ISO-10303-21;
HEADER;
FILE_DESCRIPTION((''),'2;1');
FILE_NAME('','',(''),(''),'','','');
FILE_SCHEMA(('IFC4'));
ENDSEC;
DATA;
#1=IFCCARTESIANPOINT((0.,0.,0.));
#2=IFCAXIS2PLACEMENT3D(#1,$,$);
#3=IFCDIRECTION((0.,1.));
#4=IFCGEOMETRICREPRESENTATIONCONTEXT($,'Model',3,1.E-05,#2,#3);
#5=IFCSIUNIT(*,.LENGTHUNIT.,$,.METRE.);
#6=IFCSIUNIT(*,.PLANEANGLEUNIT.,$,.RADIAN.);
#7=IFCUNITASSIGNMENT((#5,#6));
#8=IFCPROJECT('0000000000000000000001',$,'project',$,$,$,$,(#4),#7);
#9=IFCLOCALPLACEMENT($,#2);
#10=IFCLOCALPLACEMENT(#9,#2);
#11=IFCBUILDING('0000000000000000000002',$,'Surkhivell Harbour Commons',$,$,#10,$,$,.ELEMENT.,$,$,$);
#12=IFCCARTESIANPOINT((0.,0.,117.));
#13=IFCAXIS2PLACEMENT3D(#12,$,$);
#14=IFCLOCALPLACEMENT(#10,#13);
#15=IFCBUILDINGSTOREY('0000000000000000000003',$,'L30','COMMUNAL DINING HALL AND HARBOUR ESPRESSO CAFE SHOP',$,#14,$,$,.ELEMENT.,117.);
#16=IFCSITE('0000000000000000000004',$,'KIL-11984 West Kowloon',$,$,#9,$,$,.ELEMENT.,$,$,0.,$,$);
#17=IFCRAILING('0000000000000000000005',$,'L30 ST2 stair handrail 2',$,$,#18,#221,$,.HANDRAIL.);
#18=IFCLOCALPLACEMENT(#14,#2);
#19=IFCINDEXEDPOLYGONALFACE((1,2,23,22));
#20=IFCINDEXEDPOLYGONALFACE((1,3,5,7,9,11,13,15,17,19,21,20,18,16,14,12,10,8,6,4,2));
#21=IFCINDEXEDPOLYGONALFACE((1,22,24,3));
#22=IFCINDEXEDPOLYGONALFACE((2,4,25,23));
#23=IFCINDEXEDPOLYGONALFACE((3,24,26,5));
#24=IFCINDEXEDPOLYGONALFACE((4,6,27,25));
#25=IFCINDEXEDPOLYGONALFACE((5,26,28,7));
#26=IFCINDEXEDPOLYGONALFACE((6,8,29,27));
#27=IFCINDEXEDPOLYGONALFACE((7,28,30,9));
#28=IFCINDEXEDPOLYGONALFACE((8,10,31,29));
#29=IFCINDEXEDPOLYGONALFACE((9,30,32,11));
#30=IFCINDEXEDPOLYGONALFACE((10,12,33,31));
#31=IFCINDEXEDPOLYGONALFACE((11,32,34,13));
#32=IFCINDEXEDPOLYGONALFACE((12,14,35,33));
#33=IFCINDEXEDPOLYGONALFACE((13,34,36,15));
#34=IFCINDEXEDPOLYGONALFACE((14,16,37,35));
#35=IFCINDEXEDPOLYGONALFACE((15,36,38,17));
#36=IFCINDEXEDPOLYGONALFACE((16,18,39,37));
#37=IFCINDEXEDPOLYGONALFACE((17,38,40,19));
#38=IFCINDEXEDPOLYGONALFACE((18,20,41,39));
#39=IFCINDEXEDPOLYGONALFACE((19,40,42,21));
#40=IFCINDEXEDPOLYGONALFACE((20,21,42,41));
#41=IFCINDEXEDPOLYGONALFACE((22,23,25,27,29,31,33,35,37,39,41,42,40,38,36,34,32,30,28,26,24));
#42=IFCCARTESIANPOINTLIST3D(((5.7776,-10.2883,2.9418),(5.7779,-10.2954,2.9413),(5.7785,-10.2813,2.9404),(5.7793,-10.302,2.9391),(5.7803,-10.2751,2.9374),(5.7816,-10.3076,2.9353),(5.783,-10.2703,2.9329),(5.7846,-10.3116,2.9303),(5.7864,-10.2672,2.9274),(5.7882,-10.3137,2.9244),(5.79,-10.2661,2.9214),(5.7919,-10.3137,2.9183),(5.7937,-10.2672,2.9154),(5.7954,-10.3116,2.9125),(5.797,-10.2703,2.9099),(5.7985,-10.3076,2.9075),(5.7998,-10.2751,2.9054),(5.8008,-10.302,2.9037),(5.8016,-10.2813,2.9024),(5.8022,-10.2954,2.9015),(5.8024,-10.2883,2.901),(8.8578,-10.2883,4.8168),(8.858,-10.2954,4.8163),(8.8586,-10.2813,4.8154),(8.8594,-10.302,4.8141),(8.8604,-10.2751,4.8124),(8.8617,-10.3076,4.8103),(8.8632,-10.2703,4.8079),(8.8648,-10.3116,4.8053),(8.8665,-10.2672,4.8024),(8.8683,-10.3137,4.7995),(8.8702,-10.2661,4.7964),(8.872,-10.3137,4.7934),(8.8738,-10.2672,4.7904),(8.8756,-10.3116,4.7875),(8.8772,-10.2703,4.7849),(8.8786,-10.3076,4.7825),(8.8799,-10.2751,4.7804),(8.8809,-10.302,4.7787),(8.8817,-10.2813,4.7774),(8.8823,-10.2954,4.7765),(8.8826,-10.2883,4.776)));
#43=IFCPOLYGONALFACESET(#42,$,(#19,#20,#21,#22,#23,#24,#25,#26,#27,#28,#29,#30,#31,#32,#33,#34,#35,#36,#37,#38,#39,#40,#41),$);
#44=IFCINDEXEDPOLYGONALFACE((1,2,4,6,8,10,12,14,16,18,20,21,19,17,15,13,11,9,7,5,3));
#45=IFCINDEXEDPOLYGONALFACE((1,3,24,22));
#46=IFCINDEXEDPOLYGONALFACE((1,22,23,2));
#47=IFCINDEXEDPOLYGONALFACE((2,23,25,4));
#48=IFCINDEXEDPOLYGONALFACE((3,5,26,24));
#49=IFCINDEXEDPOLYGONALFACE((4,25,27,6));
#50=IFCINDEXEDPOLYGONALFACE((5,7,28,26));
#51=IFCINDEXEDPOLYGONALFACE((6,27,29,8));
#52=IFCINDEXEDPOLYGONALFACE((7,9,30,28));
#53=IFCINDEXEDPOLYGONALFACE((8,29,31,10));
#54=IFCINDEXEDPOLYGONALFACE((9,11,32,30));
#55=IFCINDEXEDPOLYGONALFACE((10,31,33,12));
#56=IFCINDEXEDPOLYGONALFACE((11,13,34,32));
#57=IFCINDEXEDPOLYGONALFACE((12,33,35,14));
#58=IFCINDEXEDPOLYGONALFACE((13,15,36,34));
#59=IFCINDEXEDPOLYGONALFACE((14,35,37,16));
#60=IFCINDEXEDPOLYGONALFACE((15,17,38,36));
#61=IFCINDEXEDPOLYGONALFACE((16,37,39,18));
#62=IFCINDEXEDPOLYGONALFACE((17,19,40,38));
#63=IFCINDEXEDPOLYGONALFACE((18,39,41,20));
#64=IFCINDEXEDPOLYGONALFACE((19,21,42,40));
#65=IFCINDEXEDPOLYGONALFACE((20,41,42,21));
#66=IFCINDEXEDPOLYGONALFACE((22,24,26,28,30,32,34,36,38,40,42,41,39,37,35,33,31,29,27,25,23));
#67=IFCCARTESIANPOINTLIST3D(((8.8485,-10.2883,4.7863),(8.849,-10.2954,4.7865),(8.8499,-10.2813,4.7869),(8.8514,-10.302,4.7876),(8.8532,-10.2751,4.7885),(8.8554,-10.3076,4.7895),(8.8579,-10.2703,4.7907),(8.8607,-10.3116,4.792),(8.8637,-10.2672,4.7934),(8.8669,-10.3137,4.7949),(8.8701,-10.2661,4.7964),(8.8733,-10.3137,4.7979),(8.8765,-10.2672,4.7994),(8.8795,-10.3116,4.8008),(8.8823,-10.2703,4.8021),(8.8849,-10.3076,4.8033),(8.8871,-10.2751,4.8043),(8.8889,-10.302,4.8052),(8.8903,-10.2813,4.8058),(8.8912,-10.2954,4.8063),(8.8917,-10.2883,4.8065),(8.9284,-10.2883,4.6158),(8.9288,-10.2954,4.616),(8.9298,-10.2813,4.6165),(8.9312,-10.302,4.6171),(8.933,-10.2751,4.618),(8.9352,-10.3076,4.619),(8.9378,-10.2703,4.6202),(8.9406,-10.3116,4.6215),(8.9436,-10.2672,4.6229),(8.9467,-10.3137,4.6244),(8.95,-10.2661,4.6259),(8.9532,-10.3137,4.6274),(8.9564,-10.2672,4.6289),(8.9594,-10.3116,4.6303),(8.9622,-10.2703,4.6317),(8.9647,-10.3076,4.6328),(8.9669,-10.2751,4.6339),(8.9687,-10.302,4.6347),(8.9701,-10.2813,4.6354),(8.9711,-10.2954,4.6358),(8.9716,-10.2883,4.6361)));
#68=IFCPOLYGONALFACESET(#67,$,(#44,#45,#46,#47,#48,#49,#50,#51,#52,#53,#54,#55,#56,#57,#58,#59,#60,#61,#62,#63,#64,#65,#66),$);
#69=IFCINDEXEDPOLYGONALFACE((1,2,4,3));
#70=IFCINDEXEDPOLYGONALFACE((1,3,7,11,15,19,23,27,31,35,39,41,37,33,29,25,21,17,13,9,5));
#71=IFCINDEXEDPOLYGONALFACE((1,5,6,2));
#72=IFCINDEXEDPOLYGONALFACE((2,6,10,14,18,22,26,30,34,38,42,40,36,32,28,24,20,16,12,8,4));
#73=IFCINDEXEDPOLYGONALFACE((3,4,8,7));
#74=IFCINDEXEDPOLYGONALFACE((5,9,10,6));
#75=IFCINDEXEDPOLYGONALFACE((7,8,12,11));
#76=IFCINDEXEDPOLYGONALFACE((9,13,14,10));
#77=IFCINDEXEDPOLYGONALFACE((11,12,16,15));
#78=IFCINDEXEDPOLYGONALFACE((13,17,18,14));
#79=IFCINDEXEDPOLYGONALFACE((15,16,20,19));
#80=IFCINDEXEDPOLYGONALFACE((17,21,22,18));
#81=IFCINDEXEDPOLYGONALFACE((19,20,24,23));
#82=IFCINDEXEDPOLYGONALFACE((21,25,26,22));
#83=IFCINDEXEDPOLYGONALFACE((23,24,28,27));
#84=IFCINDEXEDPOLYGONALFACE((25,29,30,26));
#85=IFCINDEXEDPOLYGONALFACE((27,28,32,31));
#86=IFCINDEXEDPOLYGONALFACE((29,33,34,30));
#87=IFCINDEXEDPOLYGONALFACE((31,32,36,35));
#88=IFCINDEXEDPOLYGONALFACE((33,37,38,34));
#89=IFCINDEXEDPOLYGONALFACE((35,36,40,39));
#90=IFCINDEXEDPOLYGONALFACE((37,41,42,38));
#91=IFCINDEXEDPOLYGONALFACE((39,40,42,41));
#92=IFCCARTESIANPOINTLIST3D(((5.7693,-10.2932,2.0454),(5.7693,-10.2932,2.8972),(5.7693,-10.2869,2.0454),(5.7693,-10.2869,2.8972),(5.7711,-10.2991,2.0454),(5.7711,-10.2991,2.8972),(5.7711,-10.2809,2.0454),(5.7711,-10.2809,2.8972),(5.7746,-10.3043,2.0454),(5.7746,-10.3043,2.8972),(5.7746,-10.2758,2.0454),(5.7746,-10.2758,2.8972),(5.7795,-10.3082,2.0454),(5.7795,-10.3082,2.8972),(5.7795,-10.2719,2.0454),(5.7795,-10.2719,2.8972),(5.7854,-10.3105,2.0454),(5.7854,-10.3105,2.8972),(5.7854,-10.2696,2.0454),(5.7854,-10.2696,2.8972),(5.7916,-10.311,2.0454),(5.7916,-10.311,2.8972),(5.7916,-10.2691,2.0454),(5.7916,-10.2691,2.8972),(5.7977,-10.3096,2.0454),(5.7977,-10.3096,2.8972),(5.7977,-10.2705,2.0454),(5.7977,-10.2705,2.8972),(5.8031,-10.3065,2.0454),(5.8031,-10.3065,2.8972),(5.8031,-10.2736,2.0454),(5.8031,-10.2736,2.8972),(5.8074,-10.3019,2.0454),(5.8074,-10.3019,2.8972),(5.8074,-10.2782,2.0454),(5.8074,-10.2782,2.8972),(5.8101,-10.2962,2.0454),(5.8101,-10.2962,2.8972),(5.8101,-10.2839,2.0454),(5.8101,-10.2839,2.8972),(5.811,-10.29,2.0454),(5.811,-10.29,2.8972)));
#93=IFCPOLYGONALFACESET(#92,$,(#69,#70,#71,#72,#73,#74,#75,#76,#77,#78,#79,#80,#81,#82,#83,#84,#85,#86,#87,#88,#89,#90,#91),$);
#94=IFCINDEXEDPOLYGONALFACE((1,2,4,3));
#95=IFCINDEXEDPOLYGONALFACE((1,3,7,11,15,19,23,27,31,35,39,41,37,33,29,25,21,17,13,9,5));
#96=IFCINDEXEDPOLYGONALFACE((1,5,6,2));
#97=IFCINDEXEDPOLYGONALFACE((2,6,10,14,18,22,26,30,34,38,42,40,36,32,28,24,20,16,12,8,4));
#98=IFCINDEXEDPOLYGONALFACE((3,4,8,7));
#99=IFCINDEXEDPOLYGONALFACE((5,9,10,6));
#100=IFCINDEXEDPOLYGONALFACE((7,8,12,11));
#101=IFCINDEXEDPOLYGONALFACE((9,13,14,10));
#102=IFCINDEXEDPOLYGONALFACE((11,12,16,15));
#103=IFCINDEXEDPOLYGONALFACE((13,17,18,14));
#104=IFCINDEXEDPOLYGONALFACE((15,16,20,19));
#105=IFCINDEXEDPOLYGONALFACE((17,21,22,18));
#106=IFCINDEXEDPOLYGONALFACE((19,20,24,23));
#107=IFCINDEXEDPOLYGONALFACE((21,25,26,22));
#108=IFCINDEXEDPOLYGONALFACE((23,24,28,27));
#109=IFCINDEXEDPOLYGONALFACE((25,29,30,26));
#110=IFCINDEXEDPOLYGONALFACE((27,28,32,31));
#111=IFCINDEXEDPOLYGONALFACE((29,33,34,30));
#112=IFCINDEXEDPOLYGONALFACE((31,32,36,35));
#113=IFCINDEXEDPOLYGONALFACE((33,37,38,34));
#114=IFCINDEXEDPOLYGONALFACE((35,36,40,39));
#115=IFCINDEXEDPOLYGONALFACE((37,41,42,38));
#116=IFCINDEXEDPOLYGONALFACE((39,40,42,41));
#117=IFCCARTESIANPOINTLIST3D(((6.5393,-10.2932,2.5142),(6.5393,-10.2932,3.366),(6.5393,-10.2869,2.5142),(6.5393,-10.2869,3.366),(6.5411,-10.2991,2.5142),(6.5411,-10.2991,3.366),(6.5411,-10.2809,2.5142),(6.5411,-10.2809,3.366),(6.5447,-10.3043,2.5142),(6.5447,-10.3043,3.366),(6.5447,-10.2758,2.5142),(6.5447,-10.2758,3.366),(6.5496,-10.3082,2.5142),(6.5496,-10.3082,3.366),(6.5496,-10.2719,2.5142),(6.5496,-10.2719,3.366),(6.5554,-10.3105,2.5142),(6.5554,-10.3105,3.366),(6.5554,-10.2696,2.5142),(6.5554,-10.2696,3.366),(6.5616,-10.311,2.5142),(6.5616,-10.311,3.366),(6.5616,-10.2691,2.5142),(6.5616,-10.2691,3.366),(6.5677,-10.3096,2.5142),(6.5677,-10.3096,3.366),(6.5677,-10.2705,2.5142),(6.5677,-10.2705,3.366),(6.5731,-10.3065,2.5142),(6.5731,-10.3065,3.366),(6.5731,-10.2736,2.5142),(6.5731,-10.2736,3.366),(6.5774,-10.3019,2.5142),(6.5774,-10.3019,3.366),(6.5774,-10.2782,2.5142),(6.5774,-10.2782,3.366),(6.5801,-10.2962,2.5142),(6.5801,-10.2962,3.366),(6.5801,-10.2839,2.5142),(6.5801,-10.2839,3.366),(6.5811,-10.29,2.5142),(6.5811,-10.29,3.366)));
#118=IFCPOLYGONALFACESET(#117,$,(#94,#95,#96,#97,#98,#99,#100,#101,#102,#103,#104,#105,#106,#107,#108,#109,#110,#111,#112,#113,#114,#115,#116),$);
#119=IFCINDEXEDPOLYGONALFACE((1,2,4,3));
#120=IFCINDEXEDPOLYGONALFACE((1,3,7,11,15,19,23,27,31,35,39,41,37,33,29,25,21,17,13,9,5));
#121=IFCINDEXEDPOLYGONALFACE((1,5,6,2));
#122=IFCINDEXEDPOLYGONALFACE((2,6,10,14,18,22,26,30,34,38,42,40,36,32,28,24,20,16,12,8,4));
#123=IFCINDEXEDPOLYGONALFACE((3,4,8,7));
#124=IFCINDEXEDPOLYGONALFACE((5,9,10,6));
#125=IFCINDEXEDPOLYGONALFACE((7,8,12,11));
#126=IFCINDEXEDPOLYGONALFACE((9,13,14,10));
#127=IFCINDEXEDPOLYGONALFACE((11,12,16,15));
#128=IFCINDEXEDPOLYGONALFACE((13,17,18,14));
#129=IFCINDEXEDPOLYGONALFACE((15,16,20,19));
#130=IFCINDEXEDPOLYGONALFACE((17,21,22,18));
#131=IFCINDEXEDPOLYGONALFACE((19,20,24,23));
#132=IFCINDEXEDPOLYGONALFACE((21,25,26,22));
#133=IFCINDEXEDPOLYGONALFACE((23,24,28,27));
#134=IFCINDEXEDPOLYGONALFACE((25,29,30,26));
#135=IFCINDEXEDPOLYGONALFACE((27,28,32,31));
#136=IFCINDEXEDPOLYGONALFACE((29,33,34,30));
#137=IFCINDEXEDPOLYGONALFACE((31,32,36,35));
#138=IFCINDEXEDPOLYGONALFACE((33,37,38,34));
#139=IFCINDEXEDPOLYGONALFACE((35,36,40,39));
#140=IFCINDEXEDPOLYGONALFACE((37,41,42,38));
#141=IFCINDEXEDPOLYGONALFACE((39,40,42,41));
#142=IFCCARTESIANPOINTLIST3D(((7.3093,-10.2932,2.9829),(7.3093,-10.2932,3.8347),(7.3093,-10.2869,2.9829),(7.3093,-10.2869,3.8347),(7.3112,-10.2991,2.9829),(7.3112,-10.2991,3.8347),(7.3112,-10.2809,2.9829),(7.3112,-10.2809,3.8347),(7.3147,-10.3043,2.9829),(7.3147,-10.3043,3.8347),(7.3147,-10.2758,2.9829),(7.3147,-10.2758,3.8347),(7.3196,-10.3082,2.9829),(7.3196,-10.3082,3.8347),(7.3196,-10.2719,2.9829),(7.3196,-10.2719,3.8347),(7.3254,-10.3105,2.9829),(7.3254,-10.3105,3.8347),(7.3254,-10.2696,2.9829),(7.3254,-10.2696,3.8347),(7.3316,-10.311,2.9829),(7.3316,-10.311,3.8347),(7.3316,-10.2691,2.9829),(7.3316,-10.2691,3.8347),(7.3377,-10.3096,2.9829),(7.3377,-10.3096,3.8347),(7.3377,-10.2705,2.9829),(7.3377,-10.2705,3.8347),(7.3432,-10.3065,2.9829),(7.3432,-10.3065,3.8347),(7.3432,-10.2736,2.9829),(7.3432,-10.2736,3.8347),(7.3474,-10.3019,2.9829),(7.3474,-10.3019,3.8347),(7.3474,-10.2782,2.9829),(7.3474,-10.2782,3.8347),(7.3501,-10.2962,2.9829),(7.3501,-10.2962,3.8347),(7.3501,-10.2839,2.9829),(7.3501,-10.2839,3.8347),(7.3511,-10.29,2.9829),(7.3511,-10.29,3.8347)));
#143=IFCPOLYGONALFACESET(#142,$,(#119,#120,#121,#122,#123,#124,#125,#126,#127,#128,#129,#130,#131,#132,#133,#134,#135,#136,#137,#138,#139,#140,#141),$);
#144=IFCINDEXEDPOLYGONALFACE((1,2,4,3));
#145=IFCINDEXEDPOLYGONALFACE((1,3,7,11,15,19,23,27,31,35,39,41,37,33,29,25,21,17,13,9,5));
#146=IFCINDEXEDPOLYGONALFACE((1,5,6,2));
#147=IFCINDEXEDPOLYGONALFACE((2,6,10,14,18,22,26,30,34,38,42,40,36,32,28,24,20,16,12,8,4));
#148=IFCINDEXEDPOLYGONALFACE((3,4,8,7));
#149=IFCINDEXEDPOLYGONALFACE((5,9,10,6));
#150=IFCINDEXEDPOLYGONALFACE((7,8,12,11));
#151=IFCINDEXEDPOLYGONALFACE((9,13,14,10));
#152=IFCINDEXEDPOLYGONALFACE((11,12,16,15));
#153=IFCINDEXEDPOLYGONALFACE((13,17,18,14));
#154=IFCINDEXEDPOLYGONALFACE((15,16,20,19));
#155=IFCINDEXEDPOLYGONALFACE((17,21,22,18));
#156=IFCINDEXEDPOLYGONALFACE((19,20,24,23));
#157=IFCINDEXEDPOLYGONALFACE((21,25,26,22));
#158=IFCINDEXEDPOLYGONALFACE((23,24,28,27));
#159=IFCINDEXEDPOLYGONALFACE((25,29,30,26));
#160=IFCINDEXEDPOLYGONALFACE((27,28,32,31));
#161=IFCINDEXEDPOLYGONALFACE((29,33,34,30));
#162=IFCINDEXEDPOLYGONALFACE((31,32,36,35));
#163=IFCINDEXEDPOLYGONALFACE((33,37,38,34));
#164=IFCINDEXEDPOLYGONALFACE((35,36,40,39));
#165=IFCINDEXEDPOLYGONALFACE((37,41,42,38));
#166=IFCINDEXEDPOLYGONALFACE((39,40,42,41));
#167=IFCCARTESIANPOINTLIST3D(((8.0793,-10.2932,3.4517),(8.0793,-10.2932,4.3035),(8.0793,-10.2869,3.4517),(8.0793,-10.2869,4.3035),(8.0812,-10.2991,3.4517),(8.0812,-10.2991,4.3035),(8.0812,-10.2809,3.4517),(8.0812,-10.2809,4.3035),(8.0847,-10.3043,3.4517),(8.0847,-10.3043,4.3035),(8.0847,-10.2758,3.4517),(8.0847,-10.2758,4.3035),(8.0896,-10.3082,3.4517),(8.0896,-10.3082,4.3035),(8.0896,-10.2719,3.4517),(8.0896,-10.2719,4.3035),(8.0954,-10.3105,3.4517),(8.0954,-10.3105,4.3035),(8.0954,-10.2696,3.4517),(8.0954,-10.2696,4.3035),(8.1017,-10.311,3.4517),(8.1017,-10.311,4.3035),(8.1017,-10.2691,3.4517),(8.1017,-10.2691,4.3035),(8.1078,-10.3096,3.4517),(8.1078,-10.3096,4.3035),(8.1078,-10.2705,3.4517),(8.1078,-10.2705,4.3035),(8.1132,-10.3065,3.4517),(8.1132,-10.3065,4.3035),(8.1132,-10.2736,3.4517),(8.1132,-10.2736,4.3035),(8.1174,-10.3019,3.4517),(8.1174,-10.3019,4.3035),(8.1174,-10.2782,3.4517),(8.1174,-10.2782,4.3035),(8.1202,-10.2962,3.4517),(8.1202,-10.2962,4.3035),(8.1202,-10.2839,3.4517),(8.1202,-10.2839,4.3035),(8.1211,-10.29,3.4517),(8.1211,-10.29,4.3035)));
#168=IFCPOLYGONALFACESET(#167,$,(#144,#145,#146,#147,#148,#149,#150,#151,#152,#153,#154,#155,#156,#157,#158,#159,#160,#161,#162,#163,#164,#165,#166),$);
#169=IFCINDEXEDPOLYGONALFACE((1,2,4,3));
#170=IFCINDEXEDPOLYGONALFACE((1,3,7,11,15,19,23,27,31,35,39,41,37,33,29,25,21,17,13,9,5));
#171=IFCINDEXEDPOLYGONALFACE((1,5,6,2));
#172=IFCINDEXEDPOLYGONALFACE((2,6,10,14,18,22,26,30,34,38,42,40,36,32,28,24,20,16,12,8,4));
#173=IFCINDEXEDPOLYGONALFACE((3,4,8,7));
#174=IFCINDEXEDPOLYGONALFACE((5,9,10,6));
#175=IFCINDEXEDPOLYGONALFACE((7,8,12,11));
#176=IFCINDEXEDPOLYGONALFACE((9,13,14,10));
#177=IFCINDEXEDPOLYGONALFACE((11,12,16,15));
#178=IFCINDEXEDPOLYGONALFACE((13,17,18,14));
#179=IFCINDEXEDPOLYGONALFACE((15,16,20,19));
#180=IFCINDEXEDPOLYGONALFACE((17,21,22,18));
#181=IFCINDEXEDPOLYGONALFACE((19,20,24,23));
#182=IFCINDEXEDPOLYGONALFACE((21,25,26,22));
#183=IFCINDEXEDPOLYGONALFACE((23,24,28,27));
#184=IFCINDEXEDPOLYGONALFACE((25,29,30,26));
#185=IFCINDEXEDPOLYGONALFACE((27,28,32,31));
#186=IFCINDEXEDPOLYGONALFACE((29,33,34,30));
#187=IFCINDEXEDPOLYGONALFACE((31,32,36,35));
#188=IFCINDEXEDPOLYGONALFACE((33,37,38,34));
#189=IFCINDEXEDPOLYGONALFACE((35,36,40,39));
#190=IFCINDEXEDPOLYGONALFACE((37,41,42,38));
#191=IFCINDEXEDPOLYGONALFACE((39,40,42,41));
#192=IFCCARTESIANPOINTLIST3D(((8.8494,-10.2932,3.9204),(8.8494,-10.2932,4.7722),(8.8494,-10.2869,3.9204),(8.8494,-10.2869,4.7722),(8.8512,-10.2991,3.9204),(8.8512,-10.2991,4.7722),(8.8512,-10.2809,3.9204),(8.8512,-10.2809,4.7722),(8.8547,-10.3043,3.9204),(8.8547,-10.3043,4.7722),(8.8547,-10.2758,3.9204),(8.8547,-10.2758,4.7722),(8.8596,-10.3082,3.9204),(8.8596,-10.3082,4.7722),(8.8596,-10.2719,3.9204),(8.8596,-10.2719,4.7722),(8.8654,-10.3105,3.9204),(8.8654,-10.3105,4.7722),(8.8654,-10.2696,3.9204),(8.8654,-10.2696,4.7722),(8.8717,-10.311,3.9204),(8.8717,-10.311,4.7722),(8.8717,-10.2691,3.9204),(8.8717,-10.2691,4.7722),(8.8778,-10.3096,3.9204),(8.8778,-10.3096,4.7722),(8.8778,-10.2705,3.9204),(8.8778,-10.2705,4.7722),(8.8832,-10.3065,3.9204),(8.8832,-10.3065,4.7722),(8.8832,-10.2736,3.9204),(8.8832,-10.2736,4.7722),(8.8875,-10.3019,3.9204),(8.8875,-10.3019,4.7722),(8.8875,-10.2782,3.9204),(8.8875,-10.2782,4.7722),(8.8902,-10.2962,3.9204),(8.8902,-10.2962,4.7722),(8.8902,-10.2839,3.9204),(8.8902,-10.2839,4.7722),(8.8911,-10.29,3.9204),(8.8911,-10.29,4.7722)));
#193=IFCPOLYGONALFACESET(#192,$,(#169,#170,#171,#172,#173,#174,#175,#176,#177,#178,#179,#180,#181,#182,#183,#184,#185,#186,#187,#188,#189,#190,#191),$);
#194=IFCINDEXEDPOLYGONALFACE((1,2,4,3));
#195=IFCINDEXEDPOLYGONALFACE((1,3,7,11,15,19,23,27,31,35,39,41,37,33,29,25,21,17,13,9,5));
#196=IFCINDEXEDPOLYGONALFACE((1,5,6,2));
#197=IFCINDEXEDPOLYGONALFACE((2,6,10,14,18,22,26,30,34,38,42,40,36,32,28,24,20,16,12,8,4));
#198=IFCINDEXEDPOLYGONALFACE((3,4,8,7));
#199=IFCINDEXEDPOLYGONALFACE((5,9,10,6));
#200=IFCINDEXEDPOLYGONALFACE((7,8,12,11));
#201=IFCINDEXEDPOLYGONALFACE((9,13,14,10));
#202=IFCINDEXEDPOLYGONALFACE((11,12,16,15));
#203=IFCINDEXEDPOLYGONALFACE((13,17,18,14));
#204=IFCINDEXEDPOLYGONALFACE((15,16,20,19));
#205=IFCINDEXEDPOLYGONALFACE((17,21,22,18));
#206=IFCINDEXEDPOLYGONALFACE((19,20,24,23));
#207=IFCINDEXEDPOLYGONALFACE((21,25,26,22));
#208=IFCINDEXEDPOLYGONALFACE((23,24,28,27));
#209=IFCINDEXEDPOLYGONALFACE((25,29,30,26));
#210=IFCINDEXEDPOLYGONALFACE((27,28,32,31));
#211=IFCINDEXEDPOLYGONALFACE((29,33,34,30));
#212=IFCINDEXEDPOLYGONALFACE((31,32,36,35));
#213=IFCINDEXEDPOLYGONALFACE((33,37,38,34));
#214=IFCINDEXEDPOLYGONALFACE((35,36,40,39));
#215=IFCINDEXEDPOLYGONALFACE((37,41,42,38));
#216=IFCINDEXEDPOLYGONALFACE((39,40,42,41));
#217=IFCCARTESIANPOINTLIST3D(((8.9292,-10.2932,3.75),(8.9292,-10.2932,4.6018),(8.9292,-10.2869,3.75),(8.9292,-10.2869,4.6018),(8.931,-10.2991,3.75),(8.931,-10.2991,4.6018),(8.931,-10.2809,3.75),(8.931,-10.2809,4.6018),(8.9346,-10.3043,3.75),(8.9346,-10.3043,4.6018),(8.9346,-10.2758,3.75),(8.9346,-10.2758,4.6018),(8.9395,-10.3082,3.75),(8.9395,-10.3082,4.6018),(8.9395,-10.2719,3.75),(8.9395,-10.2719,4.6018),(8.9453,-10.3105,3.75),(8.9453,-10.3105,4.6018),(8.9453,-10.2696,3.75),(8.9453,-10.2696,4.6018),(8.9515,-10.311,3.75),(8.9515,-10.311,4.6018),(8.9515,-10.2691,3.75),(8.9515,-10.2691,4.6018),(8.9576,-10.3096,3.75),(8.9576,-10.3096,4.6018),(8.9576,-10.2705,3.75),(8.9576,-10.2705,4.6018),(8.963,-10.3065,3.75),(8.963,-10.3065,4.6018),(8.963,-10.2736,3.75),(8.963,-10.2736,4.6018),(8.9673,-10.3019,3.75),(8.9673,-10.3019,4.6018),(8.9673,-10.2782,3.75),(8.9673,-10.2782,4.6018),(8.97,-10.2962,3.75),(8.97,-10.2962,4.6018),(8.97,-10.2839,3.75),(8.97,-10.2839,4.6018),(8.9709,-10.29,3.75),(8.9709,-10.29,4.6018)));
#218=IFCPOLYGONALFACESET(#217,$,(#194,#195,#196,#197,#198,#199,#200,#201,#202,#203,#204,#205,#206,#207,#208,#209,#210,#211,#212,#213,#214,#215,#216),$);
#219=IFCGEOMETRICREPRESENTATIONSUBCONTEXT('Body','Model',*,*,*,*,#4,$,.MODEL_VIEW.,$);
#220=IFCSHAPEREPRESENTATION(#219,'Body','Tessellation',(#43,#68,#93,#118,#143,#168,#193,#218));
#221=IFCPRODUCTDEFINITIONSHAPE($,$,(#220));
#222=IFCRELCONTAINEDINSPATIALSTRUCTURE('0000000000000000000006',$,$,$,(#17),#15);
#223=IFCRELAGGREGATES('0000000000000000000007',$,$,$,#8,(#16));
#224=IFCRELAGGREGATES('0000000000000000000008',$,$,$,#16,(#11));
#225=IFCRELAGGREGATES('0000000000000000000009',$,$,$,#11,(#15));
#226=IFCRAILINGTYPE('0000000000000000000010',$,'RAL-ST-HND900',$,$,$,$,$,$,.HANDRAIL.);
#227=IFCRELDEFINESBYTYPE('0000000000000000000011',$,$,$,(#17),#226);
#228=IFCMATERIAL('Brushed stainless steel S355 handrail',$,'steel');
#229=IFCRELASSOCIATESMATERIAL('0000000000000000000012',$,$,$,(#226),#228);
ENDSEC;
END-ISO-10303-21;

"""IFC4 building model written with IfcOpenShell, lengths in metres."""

from ifc_helpers import new_model, si_unit, direction, frame, origin, origin_2d, place, context, subcontext, project, spatial, circle, extrude, material, type_object, element, save


model = new_model("IFC4")

# Units and contexts
model_context = context("Model", 3, precision=1e-05, world=origin(), true_north=direction((0.0, 1.0)))
body_context = subcontext(model_context, "Body", "Model", "MODEL_VIEW")
ifc_project = project(units=[si_unit("LENGTHUNIT", "METRE"), si_unit("PLANEANGLEUNIT", "RADIAN")], contexts=[model_context])

# Site, building, storey
site_placement = place(None, origin())
site = spatial("IfcSite", under=ifc_project, at=site_placement, Name="KIL-11984 West Kowloon", CompositionType="ELEMENT", RefElevation=0.0)
building_placement = place(site_placement, origin())
building = spatial("IfcBuilding", under=site, at=building_placement, Name="Surkhivell Harbour Commons", CompositionType="ELEMENT")
storey_placement = place(building_placement, frame((0.0, 0.0, 117.0)))
storey = spatial("IfcBuildingStorey", under=building, at=storey_placement, Name="L30", Description="COMMUNAL DINING HALL AND HARBOUR ESPRESSO CAFE SHOP", CompositionType="ELEMENT", Elevation=117.0)

# Railing
ifc_material_1 = material(Name="Brushed stainless steel S355 handrail", Category="steel")
railing_type_1 = type_object("IfcRailingType", Name="RAL-ST-HND900", PredefinedType="HANDRAIL", material=ifc_material_1)
railing_1_placement = place(storey_placement, frame((5.79, -10.29, 2.0454)))
element("IfcRailing", 1, at=railing_1_placement, inside=storey, type_object=railing_type_1, Name="L30 ST2 stair handrail 2", PredefinedType="HANDRAIL", context=body_context, shape_type="SweptSolid", body=[
    extrude(circle(Radius=0.0239, at=origin_2d()), frame((0.0, 0.0, 0.876), z_axis=(0.854178, 0.0, 0.519981), x_axis=(0.0, 1.0, 0.0)), (0.0, 0.0, 1.0), 3.606),
    extrude(circle(Radius=0.0239, at=origin_2d()), frame((3.0801, 0.0, 2.751), z_axis=(0.424234, 0.0, -0.905552), x_axis=(0.0, 1.0, 0.0)), (0.0, 0.0, 1.0), 0.1882),
    extrude(circle(Radius=0.021, at=origin_2d()), origin(), (0.0, 0.0, 1.0), 0.8518),
    extrude(circle(Radius=0.021, at=origin_2d()), frame((0.77, 0.0, 0.4688)), (0.0, 0.0, 1.0), 0.8518),
    extrude(circle(Radius=0.021, at=origin_2d()), frame((1.54, 0.0, 0.9375)), (0.0, 0.0, 1.0), 0.8518),
    extrude(circle(Radius=0.021, at=origin_2d()), frame((2.3101, 0.0, 1.4062)), (0.0, 0.0, 1.0), 0.8518),
    extrude(circle(Radius=0.021, at=origin_2d()), frame((3.0801, 0.0, 1.875)), (0.0, 0.0, 1.0), 0.8518),
    extrude(circle(Radius=0.021, at=origin_2d()), frame((3.1599, 0.0, 1.7046)), (0.0, 0.0, 1.0), 0.8518),
])

save(model, "model.ifc")
